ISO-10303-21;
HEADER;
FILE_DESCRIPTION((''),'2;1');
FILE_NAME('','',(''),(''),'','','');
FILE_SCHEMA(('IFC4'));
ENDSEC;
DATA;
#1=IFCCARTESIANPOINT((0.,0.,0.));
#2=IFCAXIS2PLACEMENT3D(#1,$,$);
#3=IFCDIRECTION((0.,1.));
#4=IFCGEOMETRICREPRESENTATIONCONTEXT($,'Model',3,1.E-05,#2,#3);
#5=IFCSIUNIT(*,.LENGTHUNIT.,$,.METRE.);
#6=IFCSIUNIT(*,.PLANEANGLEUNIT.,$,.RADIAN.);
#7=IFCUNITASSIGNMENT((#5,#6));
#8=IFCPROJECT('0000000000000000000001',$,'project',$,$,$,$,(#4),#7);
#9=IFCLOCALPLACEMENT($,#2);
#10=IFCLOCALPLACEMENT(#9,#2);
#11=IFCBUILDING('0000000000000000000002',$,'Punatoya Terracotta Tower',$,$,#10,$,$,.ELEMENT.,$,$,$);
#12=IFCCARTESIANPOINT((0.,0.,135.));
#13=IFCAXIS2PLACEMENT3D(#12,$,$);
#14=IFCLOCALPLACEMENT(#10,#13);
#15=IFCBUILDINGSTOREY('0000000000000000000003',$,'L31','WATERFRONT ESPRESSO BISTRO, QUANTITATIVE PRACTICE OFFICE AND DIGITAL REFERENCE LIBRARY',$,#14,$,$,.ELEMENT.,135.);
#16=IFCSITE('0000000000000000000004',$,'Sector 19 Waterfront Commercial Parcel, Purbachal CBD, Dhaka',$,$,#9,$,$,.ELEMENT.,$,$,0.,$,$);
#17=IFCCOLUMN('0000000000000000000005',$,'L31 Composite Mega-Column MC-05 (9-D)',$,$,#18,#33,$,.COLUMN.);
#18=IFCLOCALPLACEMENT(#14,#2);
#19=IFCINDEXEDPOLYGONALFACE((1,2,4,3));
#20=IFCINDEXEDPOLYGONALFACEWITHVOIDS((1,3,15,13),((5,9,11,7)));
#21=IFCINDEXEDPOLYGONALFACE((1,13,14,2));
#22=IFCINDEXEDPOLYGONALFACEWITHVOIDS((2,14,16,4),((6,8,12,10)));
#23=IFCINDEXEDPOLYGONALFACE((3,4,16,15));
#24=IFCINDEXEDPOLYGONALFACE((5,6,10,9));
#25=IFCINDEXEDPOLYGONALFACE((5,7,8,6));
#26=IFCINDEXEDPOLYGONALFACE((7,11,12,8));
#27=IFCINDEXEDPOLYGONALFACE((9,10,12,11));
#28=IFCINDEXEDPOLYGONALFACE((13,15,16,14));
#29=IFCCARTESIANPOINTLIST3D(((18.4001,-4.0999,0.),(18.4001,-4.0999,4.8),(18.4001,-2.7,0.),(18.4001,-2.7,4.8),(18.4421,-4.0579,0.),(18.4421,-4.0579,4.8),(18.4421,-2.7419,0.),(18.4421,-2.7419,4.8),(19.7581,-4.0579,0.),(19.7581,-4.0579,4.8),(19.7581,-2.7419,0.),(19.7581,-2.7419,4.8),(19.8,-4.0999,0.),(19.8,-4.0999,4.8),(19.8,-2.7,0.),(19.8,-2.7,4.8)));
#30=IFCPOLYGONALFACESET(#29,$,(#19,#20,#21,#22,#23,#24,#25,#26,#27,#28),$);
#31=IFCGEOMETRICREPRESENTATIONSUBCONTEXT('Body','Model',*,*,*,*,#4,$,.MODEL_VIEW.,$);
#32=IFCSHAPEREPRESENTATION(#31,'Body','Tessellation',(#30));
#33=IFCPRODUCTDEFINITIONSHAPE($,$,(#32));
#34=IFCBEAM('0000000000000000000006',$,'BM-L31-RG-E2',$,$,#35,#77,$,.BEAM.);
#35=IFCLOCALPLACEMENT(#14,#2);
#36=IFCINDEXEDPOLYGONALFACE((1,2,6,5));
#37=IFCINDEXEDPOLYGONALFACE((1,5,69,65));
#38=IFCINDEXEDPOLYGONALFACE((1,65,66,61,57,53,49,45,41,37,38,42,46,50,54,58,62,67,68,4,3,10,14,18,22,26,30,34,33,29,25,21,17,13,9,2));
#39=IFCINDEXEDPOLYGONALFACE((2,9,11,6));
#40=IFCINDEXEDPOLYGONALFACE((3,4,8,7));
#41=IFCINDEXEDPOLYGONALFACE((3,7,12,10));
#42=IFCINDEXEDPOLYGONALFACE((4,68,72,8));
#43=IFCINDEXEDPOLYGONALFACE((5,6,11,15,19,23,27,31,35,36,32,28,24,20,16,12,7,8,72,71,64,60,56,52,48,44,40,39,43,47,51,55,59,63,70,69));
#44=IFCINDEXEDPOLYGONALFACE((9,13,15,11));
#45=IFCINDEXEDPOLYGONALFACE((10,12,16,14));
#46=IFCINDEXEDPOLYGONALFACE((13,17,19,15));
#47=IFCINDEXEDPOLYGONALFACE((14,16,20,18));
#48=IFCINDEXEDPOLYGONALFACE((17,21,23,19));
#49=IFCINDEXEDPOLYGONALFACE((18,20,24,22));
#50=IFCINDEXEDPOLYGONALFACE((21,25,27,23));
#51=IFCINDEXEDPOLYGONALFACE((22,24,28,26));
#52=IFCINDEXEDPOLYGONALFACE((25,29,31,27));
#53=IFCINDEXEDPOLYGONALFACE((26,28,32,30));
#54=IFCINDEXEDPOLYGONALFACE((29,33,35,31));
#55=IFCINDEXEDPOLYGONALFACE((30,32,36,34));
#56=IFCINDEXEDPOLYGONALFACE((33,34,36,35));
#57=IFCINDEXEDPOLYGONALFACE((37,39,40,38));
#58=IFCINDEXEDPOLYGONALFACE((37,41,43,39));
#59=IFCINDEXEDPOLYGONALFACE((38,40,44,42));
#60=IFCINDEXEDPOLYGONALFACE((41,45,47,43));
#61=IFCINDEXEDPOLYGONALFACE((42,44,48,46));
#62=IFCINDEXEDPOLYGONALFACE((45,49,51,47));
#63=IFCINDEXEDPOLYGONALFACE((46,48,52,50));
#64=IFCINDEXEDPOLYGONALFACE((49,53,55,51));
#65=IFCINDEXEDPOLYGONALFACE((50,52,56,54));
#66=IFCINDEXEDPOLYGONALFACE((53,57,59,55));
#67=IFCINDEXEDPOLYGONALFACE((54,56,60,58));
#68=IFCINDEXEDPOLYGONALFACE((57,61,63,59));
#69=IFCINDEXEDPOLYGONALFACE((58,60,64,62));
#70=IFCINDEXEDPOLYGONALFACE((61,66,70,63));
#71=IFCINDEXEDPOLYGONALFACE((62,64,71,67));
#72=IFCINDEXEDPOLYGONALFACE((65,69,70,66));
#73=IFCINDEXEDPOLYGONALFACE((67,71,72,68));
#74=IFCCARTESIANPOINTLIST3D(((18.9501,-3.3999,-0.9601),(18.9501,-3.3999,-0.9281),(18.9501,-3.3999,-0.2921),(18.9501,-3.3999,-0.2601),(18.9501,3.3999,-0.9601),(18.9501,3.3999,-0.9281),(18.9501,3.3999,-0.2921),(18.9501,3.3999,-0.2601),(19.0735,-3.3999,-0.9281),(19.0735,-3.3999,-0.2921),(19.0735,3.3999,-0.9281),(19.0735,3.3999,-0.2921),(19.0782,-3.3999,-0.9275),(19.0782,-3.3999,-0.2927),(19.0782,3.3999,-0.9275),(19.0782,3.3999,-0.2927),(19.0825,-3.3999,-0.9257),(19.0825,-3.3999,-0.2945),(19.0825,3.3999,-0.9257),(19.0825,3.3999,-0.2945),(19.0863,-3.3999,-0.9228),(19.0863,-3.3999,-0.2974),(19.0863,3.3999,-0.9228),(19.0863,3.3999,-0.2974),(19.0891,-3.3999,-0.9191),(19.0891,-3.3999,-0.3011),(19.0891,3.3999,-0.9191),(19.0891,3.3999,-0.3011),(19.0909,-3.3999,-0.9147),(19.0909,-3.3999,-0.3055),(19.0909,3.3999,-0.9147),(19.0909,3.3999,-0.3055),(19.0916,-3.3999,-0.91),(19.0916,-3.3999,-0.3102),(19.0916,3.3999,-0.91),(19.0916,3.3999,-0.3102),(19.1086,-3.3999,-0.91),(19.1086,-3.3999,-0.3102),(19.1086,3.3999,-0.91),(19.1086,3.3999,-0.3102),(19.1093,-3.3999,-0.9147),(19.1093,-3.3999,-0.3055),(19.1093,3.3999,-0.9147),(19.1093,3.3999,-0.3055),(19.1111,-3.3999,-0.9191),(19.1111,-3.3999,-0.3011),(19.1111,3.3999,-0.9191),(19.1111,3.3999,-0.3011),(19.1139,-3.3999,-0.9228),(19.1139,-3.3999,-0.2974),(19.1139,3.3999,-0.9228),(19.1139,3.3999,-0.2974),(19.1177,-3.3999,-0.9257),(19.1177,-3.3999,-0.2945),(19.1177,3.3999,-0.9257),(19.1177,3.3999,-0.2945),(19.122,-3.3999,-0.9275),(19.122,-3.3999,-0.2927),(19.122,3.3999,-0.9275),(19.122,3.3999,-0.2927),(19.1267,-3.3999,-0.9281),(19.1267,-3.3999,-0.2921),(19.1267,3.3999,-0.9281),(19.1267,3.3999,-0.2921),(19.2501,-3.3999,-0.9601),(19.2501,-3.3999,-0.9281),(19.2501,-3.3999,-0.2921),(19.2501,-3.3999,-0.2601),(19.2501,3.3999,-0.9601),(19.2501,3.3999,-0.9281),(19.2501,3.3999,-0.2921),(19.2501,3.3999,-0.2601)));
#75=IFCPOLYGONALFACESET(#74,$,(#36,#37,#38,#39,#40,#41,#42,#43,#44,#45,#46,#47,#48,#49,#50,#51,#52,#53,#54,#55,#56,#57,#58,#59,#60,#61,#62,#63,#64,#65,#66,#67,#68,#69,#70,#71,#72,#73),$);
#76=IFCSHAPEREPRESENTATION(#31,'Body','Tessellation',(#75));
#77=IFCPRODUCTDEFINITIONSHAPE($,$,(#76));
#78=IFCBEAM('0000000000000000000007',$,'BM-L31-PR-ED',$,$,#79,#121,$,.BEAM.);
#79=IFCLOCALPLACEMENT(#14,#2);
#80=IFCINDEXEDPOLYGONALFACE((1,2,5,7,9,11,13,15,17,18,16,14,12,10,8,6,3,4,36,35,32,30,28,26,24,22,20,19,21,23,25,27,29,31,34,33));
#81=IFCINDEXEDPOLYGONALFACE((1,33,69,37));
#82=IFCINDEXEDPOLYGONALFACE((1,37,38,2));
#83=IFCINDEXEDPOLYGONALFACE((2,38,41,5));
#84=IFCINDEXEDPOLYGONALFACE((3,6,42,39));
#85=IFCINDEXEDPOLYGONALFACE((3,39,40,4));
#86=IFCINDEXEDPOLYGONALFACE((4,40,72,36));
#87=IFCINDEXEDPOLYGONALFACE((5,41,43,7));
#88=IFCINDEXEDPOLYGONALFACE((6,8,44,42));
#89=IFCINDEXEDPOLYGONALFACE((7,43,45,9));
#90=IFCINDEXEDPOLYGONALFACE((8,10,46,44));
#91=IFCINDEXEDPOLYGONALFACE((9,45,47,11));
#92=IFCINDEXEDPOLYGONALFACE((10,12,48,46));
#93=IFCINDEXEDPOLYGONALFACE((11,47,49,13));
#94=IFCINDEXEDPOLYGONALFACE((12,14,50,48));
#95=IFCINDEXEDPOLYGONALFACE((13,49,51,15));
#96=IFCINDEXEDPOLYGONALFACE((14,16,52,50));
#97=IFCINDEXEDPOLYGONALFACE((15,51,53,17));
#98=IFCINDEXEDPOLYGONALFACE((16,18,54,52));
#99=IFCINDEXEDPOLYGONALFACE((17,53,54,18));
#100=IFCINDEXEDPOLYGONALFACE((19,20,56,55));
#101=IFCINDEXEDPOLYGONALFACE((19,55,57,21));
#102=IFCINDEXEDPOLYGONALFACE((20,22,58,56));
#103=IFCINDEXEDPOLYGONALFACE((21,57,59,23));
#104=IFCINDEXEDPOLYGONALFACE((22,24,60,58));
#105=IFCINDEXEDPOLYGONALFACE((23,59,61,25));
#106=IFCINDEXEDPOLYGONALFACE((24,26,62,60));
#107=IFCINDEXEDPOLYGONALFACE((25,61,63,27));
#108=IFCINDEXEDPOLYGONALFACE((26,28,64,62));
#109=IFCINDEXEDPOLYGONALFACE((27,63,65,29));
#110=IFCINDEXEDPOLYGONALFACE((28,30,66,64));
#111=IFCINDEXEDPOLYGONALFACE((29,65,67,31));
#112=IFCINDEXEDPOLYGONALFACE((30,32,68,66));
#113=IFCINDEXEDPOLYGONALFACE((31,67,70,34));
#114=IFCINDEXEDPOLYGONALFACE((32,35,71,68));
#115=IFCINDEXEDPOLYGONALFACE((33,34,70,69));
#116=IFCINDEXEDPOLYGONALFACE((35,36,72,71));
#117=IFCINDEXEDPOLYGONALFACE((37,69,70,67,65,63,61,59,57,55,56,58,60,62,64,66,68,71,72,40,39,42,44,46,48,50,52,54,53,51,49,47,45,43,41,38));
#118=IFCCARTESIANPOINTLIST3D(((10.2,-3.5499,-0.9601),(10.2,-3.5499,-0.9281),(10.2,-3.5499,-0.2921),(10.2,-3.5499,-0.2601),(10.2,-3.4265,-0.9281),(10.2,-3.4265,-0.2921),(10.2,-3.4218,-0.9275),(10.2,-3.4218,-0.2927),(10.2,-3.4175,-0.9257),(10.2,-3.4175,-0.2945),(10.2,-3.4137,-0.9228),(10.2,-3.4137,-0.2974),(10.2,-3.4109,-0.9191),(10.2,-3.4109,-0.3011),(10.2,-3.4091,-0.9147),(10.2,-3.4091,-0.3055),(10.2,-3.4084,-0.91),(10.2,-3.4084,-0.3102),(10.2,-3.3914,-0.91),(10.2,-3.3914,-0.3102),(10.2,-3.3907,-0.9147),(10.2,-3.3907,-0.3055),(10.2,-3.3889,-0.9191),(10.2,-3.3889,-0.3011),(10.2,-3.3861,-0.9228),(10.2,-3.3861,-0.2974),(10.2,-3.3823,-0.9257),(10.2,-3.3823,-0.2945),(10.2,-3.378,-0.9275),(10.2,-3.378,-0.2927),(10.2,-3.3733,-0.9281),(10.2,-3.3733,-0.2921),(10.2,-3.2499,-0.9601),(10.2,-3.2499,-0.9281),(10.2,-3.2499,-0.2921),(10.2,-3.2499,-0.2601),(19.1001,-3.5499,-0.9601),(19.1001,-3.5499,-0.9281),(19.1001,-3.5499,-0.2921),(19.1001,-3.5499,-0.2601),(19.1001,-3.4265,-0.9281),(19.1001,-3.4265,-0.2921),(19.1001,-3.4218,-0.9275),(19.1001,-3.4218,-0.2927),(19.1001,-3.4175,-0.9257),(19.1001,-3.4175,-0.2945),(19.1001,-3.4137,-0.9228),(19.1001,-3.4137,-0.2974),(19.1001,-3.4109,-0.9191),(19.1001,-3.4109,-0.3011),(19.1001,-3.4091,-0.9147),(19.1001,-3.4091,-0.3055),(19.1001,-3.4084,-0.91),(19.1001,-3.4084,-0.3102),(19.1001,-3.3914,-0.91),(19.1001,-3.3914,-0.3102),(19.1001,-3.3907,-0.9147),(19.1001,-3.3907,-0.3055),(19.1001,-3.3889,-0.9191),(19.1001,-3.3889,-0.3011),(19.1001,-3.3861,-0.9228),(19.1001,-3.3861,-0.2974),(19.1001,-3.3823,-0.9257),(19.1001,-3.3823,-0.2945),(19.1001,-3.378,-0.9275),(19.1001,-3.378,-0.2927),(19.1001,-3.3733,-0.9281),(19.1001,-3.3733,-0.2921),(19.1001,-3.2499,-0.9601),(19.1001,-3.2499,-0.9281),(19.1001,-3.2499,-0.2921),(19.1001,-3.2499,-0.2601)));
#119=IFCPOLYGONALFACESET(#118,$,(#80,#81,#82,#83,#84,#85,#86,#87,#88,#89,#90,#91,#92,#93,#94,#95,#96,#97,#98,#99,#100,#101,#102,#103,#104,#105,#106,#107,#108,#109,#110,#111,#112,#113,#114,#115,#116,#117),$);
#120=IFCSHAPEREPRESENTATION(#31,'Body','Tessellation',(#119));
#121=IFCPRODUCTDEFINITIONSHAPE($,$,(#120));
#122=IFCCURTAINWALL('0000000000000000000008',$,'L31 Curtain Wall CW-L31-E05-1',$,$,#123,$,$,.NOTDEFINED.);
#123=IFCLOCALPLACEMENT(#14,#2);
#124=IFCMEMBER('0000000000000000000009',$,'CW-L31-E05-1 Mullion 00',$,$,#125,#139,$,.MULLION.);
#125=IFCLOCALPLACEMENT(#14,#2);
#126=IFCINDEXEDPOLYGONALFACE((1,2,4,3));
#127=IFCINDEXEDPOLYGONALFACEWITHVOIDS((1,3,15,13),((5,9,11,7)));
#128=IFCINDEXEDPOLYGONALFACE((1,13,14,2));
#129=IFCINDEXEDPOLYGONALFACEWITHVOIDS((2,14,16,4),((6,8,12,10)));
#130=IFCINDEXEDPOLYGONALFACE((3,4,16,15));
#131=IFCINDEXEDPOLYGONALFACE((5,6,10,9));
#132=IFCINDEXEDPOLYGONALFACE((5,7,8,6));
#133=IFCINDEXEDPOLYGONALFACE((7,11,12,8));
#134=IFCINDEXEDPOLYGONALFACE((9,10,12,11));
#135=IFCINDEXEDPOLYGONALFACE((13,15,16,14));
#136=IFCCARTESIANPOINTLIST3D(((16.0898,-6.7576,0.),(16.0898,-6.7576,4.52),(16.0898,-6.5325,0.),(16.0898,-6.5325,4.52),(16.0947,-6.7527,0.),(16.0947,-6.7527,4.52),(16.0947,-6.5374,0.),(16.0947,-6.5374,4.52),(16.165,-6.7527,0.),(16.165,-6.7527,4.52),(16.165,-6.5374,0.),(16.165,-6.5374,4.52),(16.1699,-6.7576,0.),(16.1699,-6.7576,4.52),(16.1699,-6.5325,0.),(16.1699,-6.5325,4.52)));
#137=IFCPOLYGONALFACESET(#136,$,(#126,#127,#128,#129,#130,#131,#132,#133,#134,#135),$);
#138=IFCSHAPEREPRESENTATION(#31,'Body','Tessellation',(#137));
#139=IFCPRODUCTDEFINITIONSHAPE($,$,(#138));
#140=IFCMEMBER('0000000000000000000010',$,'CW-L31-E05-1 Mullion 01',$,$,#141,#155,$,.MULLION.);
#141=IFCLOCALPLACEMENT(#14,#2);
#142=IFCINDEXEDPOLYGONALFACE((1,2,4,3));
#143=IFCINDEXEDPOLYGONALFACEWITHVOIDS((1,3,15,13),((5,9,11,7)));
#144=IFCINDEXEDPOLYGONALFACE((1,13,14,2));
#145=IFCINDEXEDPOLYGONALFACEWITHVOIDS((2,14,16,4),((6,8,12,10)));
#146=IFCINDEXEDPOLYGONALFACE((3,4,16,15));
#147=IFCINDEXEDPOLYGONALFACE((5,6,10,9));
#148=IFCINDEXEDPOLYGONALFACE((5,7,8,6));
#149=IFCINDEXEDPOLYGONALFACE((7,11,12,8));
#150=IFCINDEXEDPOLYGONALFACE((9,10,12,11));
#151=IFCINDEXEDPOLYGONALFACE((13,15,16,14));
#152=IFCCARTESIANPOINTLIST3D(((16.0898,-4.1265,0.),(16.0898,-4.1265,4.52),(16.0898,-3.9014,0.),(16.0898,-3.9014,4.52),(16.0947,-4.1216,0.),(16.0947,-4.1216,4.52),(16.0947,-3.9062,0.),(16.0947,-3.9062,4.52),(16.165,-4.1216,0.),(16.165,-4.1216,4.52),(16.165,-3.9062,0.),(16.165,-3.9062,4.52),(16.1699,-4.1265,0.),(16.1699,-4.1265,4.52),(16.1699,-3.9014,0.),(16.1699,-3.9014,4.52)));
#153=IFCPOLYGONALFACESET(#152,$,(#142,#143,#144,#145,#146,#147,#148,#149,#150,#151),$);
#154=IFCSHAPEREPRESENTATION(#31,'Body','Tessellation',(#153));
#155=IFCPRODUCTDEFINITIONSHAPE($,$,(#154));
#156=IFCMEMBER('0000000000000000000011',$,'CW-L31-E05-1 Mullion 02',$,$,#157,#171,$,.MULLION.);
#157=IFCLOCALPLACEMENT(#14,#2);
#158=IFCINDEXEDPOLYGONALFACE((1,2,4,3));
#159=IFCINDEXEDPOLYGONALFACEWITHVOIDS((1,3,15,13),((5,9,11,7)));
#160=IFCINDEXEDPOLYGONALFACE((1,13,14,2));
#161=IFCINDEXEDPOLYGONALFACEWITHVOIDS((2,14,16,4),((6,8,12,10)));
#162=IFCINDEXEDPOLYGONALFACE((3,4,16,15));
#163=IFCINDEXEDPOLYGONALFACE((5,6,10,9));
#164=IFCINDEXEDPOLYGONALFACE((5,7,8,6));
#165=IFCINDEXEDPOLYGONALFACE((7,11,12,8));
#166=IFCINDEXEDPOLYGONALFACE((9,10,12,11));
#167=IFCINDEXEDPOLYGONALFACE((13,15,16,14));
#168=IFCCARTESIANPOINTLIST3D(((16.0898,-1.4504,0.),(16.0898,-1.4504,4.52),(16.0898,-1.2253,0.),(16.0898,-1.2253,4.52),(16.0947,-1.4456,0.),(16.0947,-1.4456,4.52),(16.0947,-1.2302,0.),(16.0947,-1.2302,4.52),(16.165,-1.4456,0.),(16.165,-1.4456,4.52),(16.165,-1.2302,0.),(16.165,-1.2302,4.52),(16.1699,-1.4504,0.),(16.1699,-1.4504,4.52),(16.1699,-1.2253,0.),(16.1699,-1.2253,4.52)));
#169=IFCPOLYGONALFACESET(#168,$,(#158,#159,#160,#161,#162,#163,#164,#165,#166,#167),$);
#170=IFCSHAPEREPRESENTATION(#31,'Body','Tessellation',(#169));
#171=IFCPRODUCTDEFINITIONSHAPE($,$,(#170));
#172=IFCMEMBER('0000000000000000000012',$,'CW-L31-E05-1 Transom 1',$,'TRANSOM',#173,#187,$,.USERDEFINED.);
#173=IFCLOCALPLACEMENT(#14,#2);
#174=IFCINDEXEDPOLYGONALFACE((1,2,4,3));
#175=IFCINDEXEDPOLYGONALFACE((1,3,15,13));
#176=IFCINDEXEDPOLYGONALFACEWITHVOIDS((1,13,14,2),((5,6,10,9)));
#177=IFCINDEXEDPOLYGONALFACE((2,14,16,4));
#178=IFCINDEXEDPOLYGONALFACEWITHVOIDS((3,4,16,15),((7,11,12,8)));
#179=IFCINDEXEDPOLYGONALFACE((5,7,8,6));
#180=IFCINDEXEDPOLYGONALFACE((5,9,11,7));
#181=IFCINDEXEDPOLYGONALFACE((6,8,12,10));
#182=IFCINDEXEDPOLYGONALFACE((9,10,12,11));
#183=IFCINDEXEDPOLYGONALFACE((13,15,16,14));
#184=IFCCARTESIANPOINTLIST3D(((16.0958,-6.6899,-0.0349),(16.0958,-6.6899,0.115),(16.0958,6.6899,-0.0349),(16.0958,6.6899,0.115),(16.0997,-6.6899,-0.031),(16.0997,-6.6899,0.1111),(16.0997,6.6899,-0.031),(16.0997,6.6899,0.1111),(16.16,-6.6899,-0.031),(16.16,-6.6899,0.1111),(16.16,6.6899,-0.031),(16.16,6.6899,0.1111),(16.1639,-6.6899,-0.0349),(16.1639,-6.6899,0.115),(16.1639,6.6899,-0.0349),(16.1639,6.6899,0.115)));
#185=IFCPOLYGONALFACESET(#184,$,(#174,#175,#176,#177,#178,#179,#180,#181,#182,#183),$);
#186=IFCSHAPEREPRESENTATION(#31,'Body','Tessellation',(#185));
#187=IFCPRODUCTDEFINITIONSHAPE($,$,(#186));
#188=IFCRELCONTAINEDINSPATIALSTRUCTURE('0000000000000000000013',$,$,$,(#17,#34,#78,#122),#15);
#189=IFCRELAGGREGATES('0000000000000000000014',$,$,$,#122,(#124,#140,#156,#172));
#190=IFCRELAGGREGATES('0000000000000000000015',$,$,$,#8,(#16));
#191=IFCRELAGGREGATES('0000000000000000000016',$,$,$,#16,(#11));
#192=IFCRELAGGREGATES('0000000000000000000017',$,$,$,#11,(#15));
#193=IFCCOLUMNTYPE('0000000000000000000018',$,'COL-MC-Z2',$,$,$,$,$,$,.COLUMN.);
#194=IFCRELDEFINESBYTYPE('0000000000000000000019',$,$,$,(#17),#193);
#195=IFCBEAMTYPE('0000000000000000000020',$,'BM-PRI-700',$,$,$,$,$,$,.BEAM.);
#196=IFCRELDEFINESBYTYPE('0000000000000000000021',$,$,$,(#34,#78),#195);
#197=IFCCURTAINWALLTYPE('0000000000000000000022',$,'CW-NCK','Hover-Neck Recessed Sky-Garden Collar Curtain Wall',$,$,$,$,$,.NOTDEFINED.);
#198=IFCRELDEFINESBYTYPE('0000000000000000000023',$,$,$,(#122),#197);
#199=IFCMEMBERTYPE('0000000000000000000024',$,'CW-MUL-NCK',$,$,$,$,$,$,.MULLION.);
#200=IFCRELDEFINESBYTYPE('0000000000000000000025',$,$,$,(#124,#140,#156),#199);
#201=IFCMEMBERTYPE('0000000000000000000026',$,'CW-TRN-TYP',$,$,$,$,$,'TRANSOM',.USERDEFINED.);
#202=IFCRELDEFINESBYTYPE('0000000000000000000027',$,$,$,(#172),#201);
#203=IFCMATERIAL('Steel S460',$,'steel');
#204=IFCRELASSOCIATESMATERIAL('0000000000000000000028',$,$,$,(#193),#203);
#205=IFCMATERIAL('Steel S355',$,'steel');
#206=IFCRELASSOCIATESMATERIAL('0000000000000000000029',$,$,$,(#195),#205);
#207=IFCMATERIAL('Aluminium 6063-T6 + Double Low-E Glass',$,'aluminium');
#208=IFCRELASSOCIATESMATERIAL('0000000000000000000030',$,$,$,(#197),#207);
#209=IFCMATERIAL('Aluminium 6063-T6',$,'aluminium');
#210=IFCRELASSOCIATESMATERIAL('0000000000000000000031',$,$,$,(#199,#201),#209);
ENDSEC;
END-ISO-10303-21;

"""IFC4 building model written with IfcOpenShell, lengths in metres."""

from ifc_helpers import new_model, si_unit, direction, frame, origin, origin_2d, place, context, subcontext, project, spatial, hollow_rectangle, i_section, extrude, material, material_profile, profile_set, type_object, element, aggregate, save


model = new_model("IFC4")

# Units and contexts
model_context = context("Model", 3, precision=1e-05, world=origin(), true_north=direction((0.0, 1.0)))
body_context = subcontext(model_context, "Body", "Model", "MODEL_VIEW")
ifc_project = project(units=[si_unit("LENGTHUNIT", "METRE"), si_unit("PLANEANGLEUNIT", "RADIAN")], contexts=[model_context])

# Site, building, storey
site_placement = place(None, origin())
site = spatial("IfcSite", under=ifc_project, at=site_placement, Name="Sector 19 Waterfront Commercial Parcel, Purbachal CBD, Dhaka", CompositionType="ELEMENT", RefElevation=0.0)
building_placement = place(site_placement, origin())
building = spatial("IfcBuilding", under=site, at=building_placement, Name="Punatoya Terracotta Tower", CompositionType="ELEMENT")
storey_placement = place(building_placement, frame((0.0, 0.0, 135.0)))
storey = spatial("IfcBuildingStorey", under=building, at=storey_placement, Name="L31", Description="WATERFRONT ESPRESSO BISTRO, QUANTITATIVE PRACTICE OFFICE AND DIGITAL REFERENCE LIBRARY", CompositionType="ELEMENT", Elevation=135.0)

# Column
ifc_material_1 = material(Name="Steel S460", Category="steel")
ifc_material_profile_1 = material_profile(ifc_material_1, hollow_rectangle(XDim=1.3999, YDim=1.3999, WallThickness=0.042, at=origin_2d()))
ifc_profile_set_1 = profile_set([ifc_material_profile_1], Name="Steel S460")
column_type = type_object("IfcColumnType", Name="COL-MC-Z2", PredefinedType="COLUMN", material=ifc_profile_set_1)
column_placement = place(storey_placement, frame((19.1001, -3.3999, 0.0), z_axis=(0.0, 0.0, 1.0), x_axis=(1.0, 0.0, 0.0)))
element("IfcColumn", 1, at=column_placement, inside=storey, type_object=column_type, Name="L31 Composite Mega-Column MC-05 (9-D)", PredefinedType="COLUMN", context=body_context, shape_type="SweptSolid", body=[
    extrude(hollow_rectangle(XDim=1.3999, YDim=1.3999, WallThickness=0.042, at=origin_2d()), origin(), (0.0, 0.0, 1.0), 4.8),
])

# Beams
ifc_material_2 = material(Name="Steel S355", Category="steel")
ifc_material_profile_2 = material_profile(ifc_material_2, i_section(OverallWidth=0.3, OverallDepth=0.7, WebThickness=0.0171, FlangeThickness=0.032, FilletRadius=0.0181, at=origin_2d()))
ifc_profile_set_2 = profile_set([ifc_material_profile_2], Name="Steel S355")
beam_type = type_object("IfcBeamType", Name="BM-PRI-700", PredefinedType="BEAM", material=ifc_profile_set_2)
beam_1_placement = place(storey_placement, frame((19.1001, -3.3999, -0.6101), z_axis=(0.0, 1.0, 0.0), x_axis=(-1.0, 0.0, 0.0)))
element("IfcBeam", 2, at=beam_1_placement, inside=storey, type_object=beam_type, Name="BM-L31-RG-E2", PredefinedType="BEAM", context=body_context, shape_type="SweptSolid", body=[
    extrude(i_section(OverallWidth=0.3, OverallDepth=0.7, WebThickness=0.0171, FlangeThickness=0.032, FilletRadius=0.0181, at=origin_2d()), origin(), (0.0, 0.0, 1.0), 6.7998),
])
beam_2_placement = place(storey_placement, frame((10.2, -3.3999, -0.6101), z_axis=(1.0, 0.0, 0.0), x_axis=(0.0, 1.0, 0.0)))
element("IfcBeam", 3, at=beam_2_placement, inside=storey, type_object=beam_type, Name="BM-L31-PR-ED", PredefinedType="BEAM", context=body_context, shape_type="SweptSolid", body=[
    extrude(i_section(OverallWidth=0.3, OverallDepth=0.7, WebThickness=0.0171, FlangeThickness=0.032, FilletRadius=0.0181, at=origin_2d()), origin(), (0.0, 0.0, 1.0), 8.9001),
])

# Curtain wall, members
ifc_material_3 = material(Name="Aluminium 6063-T6 + Double Low-E Glass", Category="aluminium")
curtain_wall_type = type_object("IfcCurtainWallType", Name="CW-NCK", Description="Hover-Neck Recessed Sky-Garden Collar Curtain Wall", PredefinedType="NOTDEFINED", material=ifc_material_3)
curtain_wall_placement = place(storey_placement, origin())
curtain_wall = element("IfcCurtainWall", 4, at=curtain_wall_placement, inside=storey, type_object=curtain_wall_type, Name="L31 Curtain Wall CW-L31-E05-1", PredefinedType="NOTDEFINED")
ifc_material_4 = material(Name="Aluminium 6063-T6", Category="aluminium")
ifc_material_profile_3 = material_profile(ifc_material_4, hollow_rectangle(XDim=0.0801, YDim=0.2251, WallThickness=0.0049, at=origin_2d()))
ifc_profile_set_3 = profile_set([ifc_material_profile_3], Name="Aluminium 6063-T6")
member_type_1 = type_object("IfcMemberType", Name="CW-MUL-NCK", PredefinedType="MULLION", material=ifc_profile_set_3)
member_1_placement = place(storey_placement, frame((16.1299, -6.645, 0.0), z_axis=(0.0, 0.0, 1.0), x_axis=(1.0, 0.0, 0.0)))
member_1 = element("IfcMember", 5, at=member_1_placement, type_object=member_type_1, Name="CW-L31-E05-1 Mullion 00", PredefinedType="MULLION", context=body_context, shape_type="SweptSolid", body=[
    extrude(hollow_rectangle(XDim=0.0801, YDim=0.2251, WallThickness=0.0049, at=origin_2d()), origin(), (0.0, 0.0, 1.0), 4.52),
])
member_2_placement = place(storey_placement, frame((16.1299, -4.0139, 0.0), z_axis=(0.0, 0.0, 1.0), x_axis=(1.0, 0.0, 0.0)))
member_2 = element("IfcMember", 6, at=member_2_placement, type_object=member_type_1, Name="CW-L31-E05-1 Mullion 01", PredefinedType="MULLION", context=body_context, shape_type="SweptSolid", body=[
    extrude(hollow_rectangle(XDim=0.0801, YDim=0.2251, WallThickness=0.0049, at=origin_2d()), origin(), (0.0, 0.0, 1.0), 4.52),
])
member_3_placement = place(storey_placement, frame((16.1299, -1.3379, 0.0), z_axis=(0.0, 0.0, 1.0), x_axis=(1.0, 0.0, 0.0)))
member_3 = element("IfcMember", 7, at=member_3_placement, type_object=member_type_1, Name="CW-L31-E05-1 Mullion 02", PredefinedType="MULLION", context=body_context, shape_type="SweptSolid", body=[
    extrude(hollow_rectangle(XDim=0.0801, YDim=0.2251, WallThickness=0.0049, at=origin_2d()), origin(), (0.0, 0.0, 1.0), 4.52),
])
ifc_material_profile_4 = material_profile(ifc_material_4, hollow_rectangle(XDim=0.0681, YDim=0.1499, WallThickness=0.0039, at=origin_2d()))
ifc_profile_set_4 = profile_set([ifc_material_profile_4], Name="Aluminium 6063-T6")
member_type_2 = type_object("IfcMemberType", Name="CW-TRN-TYP", ElementType="TRANSOM", PredefinedType="USERDEFINED", material=ifc_profile_set_4)
member_4_placement = place(storey_placement, frame((16.1299, -6.6899, 0.04), z_axis=(0.0, 1.0, 0.0), x_axis=(-1.0, 0.0, 0.0)))
member_4 = element("IfcMember", 8, at=member_4_placement, type_object=member_type_2, Name="CW-L31-E05-1 Transom 1", ObjectType="TRANSOM", PredefinedType="USERDEFINED", context=body_context, shape_type="SweptSolid", body=[
    extrude(hollow_rectangle(XDim=0.0681, YDim=0.1499, WallThickness=0.0039, at=origin_2d()), origin(), (0.0, 0.0, 1.0), 13.3799),
])
aggregate(curtain_wall, [member_1, member_2, member_3, member_4])

save(model, "model.ifc")
